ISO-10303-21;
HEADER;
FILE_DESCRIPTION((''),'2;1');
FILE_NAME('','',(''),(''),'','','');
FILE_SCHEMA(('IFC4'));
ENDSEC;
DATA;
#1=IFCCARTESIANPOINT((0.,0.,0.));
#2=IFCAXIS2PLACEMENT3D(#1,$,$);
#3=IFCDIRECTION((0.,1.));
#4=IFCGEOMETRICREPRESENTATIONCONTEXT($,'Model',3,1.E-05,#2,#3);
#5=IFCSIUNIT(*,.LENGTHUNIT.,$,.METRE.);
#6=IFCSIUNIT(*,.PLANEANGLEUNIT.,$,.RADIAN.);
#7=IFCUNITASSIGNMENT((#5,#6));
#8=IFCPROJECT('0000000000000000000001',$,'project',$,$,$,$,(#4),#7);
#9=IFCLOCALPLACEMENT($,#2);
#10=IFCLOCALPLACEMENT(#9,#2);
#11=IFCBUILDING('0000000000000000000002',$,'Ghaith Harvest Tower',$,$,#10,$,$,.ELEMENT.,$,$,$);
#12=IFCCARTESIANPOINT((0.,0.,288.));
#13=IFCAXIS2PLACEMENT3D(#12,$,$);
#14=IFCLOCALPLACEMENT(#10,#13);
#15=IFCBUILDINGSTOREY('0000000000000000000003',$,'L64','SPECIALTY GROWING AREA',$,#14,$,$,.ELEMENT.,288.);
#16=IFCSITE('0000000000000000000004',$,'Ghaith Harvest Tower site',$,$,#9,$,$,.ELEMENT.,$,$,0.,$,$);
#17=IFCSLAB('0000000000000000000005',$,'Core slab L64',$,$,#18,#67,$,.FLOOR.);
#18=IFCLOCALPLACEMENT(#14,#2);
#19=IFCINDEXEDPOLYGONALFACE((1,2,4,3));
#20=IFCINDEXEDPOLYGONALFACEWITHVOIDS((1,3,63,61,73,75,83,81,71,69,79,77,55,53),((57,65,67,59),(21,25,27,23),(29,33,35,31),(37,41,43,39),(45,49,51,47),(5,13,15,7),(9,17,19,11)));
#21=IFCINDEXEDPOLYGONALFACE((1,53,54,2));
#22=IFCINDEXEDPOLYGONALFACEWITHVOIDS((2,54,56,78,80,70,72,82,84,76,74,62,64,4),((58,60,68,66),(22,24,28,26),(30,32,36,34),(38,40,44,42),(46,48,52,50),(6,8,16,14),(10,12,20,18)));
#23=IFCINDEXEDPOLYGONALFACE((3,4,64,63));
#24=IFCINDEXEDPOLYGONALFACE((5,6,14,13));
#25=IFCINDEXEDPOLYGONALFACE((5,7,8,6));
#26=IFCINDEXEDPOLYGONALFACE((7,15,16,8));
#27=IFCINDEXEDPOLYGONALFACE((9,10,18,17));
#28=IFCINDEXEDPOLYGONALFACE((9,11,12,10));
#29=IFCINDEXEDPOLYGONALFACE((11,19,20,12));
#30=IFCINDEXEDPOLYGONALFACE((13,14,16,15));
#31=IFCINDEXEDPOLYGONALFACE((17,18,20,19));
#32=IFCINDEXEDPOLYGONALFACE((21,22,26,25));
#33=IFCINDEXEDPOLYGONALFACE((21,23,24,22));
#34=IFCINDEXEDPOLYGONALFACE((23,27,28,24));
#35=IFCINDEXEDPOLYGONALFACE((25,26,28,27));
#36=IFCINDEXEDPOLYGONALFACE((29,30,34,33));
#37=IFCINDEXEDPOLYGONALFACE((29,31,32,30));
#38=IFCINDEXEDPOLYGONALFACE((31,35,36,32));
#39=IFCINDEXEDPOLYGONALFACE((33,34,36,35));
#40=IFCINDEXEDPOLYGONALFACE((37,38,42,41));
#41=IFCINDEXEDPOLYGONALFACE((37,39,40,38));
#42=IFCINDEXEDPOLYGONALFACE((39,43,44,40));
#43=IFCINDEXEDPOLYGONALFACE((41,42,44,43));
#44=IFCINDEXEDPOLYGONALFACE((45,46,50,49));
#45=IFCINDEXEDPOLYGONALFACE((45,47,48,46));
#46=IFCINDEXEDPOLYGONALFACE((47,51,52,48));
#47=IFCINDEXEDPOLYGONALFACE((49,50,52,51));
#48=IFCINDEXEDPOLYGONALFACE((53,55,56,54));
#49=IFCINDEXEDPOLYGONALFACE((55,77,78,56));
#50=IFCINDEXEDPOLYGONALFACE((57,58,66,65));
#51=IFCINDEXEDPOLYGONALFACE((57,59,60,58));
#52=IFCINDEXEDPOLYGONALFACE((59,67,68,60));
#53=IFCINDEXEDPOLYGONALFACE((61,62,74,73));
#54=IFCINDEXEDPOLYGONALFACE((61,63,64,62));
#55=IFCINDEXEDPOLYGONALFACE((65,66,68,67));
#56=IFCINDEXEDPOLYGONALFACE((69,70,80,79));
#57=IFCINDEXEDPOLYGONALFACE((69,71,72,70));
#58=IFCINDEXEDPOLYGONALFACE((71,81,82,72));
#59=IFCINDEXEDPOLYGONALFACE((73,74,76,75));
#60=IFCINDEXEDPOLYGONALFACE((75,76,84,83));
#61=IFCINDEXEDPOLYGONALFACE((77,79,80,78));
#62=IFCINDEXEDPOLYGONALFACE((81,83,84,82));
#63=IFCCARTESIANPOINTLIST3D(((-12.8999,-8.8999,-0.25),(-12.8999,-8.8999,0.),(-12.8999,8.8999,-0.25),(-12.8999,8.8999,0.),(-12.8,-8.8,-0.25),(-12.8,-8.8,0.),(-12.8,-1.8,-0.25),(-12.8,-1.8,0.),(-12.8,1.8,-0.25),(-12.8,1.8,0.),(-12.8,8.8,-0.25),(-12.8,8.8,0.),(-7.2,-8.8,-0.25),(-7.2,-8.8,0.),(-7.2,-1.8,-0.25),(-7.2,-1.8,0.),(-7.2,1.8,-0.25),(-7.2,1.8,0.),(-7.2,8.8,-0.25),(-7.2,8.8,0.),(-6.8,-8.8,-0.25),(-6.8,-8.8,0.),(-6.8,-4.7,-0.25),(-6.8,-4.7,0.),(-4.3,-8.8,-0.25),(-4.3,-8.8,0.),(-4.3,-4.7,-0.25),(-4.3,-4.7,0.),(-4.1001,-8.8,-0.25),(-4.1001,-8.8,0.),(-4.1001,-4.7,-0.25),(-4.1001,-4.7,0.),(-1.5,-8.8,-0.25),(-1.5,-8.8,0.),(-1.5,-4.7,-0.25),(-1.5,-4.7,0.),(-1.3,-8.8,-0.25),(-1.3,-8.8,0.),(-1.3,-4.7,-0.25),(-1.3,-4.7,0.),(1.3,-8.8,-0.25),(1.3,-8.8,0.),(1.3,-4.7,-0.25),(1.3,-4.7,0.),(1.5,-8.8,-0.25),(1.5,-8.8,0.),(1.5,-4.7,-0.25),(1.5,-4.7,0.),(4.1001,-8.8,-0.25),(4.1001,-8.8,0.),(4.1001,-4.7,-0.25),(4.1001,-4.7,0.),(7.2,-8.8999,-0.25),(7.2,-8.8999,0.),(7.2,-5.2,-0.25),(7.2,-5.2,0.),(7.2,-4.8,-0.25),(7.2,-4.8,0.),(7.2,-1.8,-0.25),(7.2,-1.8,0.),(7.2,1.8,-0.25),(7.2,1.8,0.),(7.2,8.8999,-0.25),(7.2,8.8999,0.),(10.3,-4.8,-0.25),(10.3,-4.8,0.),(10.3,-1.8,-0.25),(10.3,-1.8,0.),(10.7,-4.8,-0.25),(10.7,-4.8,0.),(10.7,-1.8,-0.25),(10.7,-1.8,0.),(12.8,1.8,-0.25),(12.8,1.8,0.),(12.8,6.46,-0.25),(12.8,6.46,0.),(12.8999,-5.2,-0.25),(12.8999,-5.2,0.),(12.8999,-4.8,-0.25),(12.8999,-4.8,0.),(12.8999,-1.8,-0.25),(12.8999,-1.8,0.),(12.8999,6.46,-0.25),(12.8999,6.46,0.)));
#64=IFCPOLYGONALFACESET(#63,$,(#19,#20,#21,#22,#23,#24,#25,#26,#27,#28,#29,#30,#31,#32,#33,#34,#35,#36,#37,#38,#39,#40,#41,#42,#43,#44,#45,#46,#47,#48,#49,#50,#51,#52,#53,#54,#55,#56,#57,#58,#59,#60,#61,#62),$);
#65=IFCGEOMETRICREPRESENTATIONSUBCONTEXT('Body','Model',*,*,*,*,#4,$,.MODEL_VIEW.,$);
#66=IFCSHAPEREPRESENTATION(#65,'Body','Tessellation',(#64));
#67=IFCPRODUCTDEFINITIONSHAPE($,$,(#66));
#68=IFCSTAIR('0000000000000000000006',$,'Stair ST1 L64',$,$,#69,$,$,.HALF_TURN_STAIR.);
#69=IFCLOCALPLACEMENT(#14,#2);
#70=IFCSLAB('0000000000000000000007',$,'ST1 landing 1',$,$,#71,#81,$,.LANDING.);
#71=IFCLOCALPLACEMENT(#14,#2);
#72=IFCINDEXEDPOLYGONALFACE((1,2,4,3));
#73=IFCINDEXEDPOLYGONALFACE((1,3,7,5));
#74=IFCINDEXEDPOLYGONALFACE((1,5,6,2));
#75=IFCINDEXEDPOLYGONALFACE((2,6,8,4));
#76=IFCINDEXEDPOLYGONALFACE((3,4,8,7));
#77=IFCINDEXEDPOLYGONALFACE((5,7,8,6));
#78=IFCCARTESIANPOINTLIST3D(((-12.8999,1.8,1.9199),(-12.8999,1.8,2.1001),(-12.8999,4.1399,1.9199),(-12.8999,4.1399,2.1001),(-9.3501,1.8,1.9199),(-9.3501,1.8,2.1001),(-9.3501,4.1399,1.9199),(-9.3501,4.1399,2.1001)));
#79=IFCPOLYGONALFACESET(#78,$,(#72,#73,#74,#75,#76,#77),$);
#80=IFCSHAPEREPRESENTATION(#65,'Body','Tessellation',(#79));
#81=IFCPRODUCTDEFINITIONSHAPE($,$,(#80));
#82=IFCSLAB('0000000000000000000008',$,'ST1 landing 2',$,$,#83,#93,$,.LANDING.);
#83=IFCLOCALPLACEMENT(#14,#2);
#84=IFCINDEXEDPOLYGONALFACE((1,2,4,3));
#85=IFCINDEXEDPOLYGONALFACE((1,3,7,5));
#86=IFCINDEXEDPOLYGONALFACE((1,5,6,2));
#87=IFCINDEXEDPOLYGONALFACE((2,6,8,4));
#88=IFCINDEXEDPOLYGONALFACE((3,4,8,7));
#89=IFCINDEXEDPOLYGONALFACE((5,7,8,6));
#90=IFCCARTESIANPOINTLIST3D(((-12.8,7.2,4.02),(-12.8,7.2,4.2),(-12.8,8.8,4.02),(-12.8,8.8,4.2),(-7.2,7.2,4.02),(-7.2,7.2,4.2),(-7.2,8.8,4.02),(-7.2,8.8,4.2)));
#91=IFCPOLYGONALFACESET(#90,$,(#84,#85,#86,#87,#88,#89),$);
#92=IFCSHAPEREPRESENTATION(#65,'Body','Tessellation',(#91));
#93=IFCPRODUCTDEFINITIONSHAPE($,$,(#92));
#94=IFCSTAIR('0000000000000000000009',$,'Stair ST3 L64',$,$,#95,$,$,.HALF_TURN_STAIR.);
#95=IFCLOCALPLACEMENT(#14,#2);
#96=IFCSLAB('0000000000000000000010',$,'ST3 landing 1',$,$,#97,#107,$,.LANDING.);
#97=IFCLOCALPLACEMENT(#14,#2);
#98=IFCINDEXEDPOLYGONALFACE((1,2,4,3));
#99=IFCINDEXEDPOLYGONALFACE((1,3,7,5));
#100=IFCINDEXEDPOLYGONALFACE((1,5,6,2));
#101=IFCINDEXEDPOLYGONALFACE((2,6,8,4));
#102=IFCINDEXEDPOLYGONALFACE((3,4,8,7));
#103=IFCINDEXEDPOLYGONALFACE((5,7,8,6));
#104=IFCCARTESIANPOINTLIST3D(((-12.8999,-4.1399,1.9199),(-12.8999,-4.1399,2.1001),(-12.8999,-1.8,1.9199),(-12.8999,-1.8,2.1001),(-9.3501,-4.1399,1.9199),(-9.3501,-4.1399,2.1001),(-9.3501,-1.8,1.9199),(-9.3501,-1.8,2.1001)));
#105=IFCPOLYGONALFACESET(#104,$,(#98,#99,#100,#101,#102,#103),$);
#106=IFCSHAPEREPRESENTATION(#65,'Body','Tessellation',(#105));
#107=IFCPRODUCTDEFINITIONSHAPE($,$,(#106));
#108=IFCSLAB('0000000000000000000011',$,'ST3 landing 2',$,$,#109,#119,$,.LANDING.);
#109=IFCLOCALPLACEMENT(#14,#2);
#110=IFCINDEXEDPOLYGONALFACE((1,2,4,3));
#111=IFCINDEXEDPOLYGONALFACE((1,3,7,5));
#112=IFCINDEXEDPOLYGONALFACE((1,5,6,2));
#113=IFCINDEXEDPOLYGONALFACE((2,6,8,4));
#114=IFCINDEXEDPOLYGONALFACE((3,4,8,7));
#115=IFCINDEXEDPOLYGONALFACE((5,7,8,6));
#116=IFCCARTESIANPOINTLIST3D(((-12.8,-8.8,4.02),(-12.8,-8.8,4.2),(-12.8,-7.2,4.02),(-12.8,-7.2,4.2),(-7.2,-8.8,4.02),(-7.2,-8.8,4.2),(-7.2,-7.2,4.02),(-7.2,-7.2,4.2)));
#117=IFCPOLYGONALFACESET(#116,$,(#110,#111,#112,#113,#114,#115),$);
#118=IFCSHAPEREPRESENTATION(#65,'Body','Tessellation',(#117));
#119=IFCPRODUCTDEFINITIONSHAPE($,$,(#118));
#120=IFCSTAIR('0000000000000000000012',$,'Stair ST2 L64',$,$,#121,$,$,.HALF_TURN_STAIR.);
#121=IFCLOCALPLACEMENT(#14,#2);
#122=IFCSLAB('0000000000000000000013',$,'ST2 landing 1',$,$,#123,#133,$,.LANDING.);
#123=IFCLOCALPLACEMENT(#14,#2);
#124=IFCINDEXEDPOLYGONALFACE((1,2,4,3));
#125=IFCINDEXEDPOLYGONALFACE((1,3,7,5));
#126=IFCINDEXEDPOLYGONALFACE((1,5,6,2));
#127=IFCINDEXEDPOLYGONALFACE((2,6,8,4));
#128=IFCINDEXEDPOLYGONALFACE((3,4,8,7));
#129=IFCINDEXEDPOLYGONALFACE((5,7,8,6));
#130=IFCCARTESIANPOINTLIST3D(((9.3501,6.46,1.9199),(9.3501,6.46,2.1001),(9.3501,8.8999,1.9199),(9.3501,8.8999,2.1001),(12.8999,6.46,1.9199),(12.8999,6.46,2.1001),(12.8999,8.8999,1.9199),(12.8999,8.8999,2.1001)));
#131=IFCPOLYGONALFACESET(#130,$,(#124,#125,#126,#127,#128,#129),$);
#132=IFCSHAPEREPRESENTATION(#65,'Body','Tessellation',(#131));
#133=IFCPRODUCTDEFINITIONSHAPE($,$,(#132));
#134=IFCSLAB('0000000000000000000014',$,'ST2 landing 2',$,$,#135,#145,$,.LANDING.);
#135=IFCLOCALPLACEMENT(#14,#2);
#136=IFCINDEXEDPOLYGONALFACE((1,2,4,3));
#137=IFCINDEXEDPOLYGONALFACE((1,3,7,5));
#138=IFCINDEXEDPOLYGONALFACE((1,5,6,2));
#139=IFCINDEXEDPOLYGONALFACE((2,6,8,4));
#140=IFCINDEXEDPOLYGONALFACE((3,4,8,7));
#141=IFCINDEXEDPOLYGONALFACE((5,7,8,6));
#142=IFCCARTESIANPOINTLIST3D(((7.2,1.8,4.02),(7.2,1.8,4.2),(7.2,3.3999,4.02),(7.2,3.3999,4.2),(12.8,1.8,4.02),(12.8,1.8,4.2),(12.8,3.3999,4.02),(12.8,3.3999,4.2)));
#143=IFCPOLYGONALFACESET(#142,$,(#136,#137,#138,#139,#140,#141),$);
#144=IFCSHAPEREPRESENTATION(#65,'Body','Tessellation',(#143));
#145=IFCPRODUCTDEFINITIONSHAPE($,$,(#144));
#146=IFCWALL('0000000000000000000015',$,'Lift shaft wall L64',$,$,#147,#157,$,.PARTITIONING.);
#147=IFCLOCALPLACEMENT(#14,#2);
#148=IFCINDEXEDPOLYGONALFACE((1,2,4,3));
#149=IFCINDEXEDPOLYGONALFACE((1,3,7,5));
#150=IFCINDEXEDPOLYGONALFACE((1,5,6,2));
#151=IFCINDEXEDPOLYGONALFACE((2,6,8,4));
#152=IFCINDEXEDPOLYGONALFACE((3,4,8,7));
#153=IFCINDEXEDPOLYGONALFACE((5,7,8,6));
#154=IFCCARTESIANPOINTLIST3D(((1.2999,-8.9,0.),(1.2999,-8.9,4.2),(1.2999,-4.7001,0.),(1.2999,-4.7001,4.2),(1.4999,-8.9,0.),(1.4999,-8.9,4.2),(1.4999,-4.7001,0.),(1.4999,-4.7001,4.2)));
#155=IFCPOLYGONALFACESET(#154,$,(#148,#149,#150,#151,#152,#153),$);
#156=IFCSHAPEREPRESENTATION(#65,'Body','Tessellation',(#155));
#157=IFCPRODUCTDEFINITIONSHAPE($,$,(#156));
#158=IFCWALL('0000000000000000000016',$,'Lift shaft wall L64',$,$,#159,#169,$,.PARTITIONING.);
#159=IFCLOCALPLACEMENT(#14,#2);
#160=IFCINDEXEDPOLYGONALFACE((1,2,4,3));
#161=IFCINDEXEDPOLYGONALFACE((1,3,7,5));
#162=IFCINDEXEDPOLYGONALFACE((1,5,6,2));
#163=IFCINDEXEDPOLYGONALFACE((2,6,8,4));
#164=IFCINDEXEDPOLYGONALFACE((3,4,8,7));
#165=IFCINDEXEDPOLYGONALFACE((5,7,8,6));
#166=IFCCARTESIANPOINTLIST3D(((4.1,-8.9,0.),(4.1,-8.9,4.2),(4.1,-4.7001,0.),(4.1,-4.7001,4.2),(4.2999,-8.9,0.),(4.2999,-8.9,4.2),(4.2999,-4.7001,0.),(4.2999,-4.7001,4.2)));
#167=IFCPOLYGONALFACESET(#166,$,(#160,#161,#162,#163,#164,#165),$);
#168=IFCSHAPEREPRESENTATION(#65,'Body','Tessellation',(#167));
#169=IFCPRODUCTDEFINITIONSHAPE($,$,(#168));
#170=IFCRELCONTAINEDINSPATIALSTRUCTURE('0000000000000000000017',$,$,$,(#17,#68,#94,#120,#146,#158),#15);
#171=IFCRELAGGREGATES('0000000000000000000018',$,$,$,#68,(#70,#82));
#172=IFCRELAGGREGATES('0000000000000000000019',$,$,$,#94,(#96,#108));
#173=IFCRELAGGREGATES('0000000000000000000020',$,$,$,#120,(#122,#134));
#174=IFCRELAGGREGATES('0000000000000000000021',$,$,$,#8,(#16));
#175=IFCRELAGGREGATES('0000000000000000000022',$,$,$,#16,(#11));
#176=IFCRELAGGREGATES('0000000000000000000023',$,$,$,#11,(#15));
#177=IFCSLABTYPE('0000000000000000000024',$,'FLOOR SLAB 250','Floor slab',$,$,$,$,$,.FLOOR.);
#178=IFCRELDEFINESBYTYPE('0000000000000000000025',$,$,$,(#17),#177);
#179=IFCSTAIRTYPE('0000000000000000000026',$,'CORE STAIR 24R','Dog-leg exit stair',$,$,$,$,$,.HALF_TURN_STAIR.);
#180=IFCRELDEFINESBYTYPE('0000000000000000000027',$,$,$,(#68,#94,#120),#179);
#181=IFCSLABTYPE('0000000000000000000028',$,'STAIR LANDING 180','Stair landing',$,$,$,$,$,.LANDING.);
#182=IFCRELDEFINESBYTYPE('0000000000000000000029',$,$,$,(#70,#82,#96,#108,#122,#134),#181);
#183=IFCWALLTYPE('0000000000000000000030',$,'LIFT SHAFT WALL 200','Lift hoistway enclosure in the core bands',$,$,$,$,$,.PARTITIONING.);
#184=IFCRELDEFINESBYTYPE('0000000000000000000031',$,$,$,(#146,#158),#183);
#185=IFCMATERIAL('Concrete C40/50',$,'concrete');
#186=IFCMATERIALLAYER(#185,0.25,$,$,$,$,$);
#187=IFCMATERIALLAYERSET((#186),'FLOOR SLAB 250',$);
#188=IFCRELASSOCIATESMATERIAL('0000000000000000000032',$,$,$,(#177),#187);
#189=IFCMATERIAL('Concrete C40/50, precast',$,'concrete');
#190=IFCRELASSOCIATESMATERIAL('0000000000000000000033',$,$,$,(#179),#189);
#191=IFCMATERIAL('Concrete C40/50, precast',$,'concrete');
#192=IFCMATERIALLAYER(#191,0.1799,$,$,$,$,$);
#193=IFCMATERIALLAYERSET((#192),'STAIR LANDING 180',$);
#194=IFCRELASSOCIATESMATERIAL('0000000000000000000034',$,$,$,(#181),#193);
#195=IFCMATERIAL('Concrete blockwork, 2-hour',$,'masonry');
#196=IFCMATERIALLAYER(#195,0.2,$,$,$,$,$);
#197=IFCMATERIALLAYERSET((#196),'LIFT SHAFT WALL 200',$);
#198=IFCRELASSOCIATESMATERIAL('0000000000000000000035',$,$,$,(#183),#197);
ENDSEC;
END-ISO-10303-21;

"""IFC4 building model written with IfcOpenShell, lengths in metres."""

from ifc_helpers import new_model, si_unit, direction, frame, frame_2d, origin, place, context, subcontext, project, spatial, polyline, rectangle, outline, extrude, material, layer, layer_set, type_object, element, aggregate, save


model = new_model("IFC4")

# Units and contexts
model_context = context("Model", 3, precision=1e-05, world=origin(), true_north=direction((0.0, 1.0)))
body_context = subcontext(model_context, "Body", "Model", "MODEL_VIEW")
ifc_project = project(units=[si_unit("LENGTHUNIT", "METRE"), si_unit("PLANEANGLEUNIT", "RADIAN")], contexts=[model_context])

# Site, building, storey
site_placement = place(None, origin())
site = spatial("IfcSite", under=ifc_project, at=site_placement, Name="Ghaith Harvest Tower site", CompositionType="ELEMENT", RefElevation=0.0)
building_placement = place(site_placement, origin())
building = spatial("IfcBuilding", under=site, at=building_placement, Name="Ghaith Harvest Tower", CompositionType="ELEMENT")
storey_placement = place(building_placement, frame((0.0, 0.0, 288.0)))
storey = spatial("IfcBuildingStorey", under=building, at=storey_placement, Name="L64", Description="SPECIALTY GROWING AREA", CompositionType="ELEMENT", Elevation=288.0)

# Slab
ifc_material_1 = material(Name="Concrete C40/50", Category="concrete")
ifc_layer_1 = layer(ifc_material_1, 0.25)
ifc_layer_set_1 = layer_set([ifc_layer_1], Name="FLOOR SLAB 250")
slab_type_1 = type_object("IfcSlabType", Name="FLOOR SLAB 250", Description="Floor slab", PredefinedType="FLOOR", material=ifc_layer_set_1)
slab_1_placement = place(storey_placement, frame((0.0, 0.0, -0.25)))
element("IfcSlab", 1, at=slab_1_placement, inside=storey, type_object=slab_type_1, Name="Core slab L64", PredefinedType="FLOOR", context=body_context, shape_type="SweptSolid", body=[
    extrude(outline(polyline([(-12.8999, 8.8999), (7.2, 8.8999), (7.2, 1.8), (12.8, 1.8), (12.8, 6.46), (12.8999, 6.46), (12.8999, -1.8), (10.7, -1.8), (10.7, -4.8), (12.8999, -4.8), (12.8999, -5.2), (7.2, -5.2), (7.2, -8.8999), (-12.8999, -8.8999), (-12.8999, 8.8999)]), holes=[polyline([(-4.3, -4.7), (-6.8, -4.7), (-6.8, -8.8), (-4.3, -8.8), (-4.3, -4.7)]), polyline([(-1.5, -4.7), (-4.1001, -4.7), (-4.1001, -8.8), (-1.5, -8.8), (-1.5, -4.7)]), polyline([(1.3, -8.8), (1.3, -4.7), (-1.3, -4.7), (-1.3, -8.8), (1.3, -8.8)]), polyline([(4.1001, -8.8), (4.1001, -4.7), (1.5, -4.7), (1.5, -8.8), (4.1001, -8.8)]), polyline([(-7.2, -1.8), (-12.8, -1.8), (-12.8, -8.8), (-7.2, -8.8), (-7.2, -1.8)]), polyline([(10.3, -1.8), (7.2, -1.8), (7.2, -4.8), (10.3, -4.8), (10.3, -1.8)]), polyline([(-12.8, 1.8), (-7.2, 1.8), (-7.2, 8.8), (-12.8, 8.8), (-12.8, 1.8)])]), origin(), (0.0, 0.0, 1.0), 0.25),
])

# Stairs, slabs
ifc_material_2 = material(Name="Concrete C40/50, precast", Category="concrete")
stair_type = type_object("IfcStairType", Name="CORE STAIR 24R", Description="Dog-leg exit stair", PredefinedType="HALF_TURN_STAIR", material=ifc_material_2)
stair_1_placement = place(storey_placement, origin())
stair_1 = element("IfcStair", 2, at=stair_1_placement, inside=storey, type_object=stair_type, Name="Stair ST1 L64", PredefinedType="HALF_TURN_STAIR")
ifc_material_3 = material(Name="Concrete C40/50, precast", Category="concrete")
ifc_layer_2 = layer(ifc_material_3, 0.1799)
ifc_layer_set_2 = layer_set([ifc_layer_2], Name="STAIR LANDING 180")
slab_type_2 = type_object("IfcSlabType", Name="STAIR LANDING 180", Description="Stair landing", PredefinedType="LANDING", material=ifc_layer_set_2)
slab_2_placement = place(storey_placement, frame((0.0, 0.0, 1.9199)))
slab_2 = element("IfcSlab", 3, at=slab_2_placement, type_object=slab_type_2, Name="ST1 landing 1", PredefinedType="LANDING", context=body_context, shape_type="SweptSolid", body=[
    extrude(outline(polyline([(-12.8999, 4.1399), (-12.8999, 1.8), (-9.3501, 1.8), (-9.3501, 4.1399), (-12.8999, 4.1399)])), origin(), (0.0, 0.0, 1.0), 0.1802),
])
slab_3_placement = place(storey_placement, frame((0.0, 0.0, 4.02)))
slab_3 = element("IfcSlab", 4, at=slab_3_placement, type_object=slab_type_2, Name="ST1 landing 2", PredefinedType="LANDING", context=body_context, shape_type="SweptSolid", body=[
    extrude(outline(polyline([(-12.8, 8.8), (-12.8, 7.2), (-7.2, 7.2), (-7.2, 8.8), (-12.8, 8.8)])), origin(), (0.0, 0.0, 1.0), 0.1799),
])
aggregate(stair_1, [slab_2, slab_3])
stair_2_placement = place(storey_placement, origin())
stair_2 = element("IfcStair", 5, at=stair_2_placement, inside=storey, type_object=stair_type, Name="Stair ST3 L64", PredefinedType="HALF_TURN_STAIR")
slab_4_placement = place(storey_placement, frame((0.0, 0.0, 1.9199)))
slab_4 = element("IfcSlab", 6, at=slab_4_placement, type_object=slab_type_2, Name="ST3 landing 1", PredefinedType="LANDING", context=body_context, shape_type="SweptSolid", body=[
    extrude(outline(polyline([(-12.8999, -4.1399), (-12.8999, -1.8), (-9.3501, -1.8), (-9.3501, -4.1399), (-12.8999, -4.1399)])), origin(), (0.0, 0.0, 1.0), 0.1802),
])
slab_5_placement = place(storey_placement, frame((0.0, 0.0, 4.02)))
slab_5 = element("IfcSlab", 7, at=slab_5_placement, type_object=slab_type_2, Name="ST3 landing 2", PredefinedType="LANDING", context=body_context, shape_type="SweptSolid", body=[
    extrude(outline(polyline([(-12.8, -8.8), (-12.8, -7.2), (-7.2, -7.2), (-7.2, -8.8), (-12.8, -8.8)])), origin(), (0.0, 0.0, 1.0), 0.1799),
])
aggregate(stair_2, [slab_4, slab_5])
stair_3_placement = place(storey_placement, origin())
stair_3 = element("IfcStair", 8, at=stair_3_placement, inside=storey, type_object=stair_type, Name="Stair ST2 L64", PredefinedType="HALF_TURN_STAIR")
slab_6_placement = place(storey_placement, frame((0.0, 0.0, 1.9199)))
slab_6 = element("IfcSlab", 9, at=slab_6_placement, type_object=slab_type_2, Name="ST2 landing 1", PredefinedType="LANDING", context=body_context, shape_type="SweptSolid", body=[
    extrude(outline(polyline([(12.8999, 6.46), (12.8999, 8.8999), (9.3501, 8.8999), (9.3501, 6.46), (12.8999, 6.46)])), origin(), (0.0, 0.0, 1.0), 0.1802),
])
slab_7_placement = place(storey_placement, frame((0.0, 0.0, 4.02)))
slab_7 = element("IfcSlab", 10, at=slab_7_placement, type_object=slab_type_2, Name="ST2 landing 2", PredefinedType="LANDING", context=body_context, shape_type="SweptSolid", body=[
    extrude(outline(polyline([(12.8, 1.8), (12.8, 3.3999), (7.2, 3.3999), (7.2, 1.8), (12.8, 1.8)])), origin(), (0.0, 0.0, 1.0), 0.1799),
])
aggregate(stair_3, [slab_6, slab_7])

# Walls
ifc_material_4 = material(Name="Concrete blockwork, 2-hour", Category="masonry")
ifc_layer_3 = layer(ifc_material_4, 0.2)
ifc_layer_set_3 = layer_set([ifc_layer_3], Name="LIFT SHAFT WALL 200")
wall_type_1 = type_object("IfcWallType", Name="LIFT SHAFT WALL 200", Description="Lift hoistway enclosure in the core bands", PredefinedType="PARTITIONING", material=ifc_layer_set_3)
for number, where, z_axis, x_axis, name in (
    (11, (1.3999, -4.7, 0.0), (0.0, 0.0, 1.0), (0.0, -1.0, 0.0), "Lift shaft wall L64"),
    (12, (4.2, -4.7, 0.0), (0.0, 0.0, 1.0), (0.0, -1.0, 0.0), "Lift shaft wall L64"),
):
    element("IfcWall", number, at=place(storey_placement, frame(where, z_axis=z_axis, x_axis=x_axis)), inside=storey, type_object=wall_type_1, Name=name, PredefinedType="PARTITIONING", context=body_context, shape_type="SweptSolid", body=[
        extrude(rectangle(XDim=4.2, YDim=0.2, at=frame_2d((2.1001, 0.0))), origin(), (0.0, 0.0, 1.0), 4.2),
    ])

save(model, "model.ifc")
